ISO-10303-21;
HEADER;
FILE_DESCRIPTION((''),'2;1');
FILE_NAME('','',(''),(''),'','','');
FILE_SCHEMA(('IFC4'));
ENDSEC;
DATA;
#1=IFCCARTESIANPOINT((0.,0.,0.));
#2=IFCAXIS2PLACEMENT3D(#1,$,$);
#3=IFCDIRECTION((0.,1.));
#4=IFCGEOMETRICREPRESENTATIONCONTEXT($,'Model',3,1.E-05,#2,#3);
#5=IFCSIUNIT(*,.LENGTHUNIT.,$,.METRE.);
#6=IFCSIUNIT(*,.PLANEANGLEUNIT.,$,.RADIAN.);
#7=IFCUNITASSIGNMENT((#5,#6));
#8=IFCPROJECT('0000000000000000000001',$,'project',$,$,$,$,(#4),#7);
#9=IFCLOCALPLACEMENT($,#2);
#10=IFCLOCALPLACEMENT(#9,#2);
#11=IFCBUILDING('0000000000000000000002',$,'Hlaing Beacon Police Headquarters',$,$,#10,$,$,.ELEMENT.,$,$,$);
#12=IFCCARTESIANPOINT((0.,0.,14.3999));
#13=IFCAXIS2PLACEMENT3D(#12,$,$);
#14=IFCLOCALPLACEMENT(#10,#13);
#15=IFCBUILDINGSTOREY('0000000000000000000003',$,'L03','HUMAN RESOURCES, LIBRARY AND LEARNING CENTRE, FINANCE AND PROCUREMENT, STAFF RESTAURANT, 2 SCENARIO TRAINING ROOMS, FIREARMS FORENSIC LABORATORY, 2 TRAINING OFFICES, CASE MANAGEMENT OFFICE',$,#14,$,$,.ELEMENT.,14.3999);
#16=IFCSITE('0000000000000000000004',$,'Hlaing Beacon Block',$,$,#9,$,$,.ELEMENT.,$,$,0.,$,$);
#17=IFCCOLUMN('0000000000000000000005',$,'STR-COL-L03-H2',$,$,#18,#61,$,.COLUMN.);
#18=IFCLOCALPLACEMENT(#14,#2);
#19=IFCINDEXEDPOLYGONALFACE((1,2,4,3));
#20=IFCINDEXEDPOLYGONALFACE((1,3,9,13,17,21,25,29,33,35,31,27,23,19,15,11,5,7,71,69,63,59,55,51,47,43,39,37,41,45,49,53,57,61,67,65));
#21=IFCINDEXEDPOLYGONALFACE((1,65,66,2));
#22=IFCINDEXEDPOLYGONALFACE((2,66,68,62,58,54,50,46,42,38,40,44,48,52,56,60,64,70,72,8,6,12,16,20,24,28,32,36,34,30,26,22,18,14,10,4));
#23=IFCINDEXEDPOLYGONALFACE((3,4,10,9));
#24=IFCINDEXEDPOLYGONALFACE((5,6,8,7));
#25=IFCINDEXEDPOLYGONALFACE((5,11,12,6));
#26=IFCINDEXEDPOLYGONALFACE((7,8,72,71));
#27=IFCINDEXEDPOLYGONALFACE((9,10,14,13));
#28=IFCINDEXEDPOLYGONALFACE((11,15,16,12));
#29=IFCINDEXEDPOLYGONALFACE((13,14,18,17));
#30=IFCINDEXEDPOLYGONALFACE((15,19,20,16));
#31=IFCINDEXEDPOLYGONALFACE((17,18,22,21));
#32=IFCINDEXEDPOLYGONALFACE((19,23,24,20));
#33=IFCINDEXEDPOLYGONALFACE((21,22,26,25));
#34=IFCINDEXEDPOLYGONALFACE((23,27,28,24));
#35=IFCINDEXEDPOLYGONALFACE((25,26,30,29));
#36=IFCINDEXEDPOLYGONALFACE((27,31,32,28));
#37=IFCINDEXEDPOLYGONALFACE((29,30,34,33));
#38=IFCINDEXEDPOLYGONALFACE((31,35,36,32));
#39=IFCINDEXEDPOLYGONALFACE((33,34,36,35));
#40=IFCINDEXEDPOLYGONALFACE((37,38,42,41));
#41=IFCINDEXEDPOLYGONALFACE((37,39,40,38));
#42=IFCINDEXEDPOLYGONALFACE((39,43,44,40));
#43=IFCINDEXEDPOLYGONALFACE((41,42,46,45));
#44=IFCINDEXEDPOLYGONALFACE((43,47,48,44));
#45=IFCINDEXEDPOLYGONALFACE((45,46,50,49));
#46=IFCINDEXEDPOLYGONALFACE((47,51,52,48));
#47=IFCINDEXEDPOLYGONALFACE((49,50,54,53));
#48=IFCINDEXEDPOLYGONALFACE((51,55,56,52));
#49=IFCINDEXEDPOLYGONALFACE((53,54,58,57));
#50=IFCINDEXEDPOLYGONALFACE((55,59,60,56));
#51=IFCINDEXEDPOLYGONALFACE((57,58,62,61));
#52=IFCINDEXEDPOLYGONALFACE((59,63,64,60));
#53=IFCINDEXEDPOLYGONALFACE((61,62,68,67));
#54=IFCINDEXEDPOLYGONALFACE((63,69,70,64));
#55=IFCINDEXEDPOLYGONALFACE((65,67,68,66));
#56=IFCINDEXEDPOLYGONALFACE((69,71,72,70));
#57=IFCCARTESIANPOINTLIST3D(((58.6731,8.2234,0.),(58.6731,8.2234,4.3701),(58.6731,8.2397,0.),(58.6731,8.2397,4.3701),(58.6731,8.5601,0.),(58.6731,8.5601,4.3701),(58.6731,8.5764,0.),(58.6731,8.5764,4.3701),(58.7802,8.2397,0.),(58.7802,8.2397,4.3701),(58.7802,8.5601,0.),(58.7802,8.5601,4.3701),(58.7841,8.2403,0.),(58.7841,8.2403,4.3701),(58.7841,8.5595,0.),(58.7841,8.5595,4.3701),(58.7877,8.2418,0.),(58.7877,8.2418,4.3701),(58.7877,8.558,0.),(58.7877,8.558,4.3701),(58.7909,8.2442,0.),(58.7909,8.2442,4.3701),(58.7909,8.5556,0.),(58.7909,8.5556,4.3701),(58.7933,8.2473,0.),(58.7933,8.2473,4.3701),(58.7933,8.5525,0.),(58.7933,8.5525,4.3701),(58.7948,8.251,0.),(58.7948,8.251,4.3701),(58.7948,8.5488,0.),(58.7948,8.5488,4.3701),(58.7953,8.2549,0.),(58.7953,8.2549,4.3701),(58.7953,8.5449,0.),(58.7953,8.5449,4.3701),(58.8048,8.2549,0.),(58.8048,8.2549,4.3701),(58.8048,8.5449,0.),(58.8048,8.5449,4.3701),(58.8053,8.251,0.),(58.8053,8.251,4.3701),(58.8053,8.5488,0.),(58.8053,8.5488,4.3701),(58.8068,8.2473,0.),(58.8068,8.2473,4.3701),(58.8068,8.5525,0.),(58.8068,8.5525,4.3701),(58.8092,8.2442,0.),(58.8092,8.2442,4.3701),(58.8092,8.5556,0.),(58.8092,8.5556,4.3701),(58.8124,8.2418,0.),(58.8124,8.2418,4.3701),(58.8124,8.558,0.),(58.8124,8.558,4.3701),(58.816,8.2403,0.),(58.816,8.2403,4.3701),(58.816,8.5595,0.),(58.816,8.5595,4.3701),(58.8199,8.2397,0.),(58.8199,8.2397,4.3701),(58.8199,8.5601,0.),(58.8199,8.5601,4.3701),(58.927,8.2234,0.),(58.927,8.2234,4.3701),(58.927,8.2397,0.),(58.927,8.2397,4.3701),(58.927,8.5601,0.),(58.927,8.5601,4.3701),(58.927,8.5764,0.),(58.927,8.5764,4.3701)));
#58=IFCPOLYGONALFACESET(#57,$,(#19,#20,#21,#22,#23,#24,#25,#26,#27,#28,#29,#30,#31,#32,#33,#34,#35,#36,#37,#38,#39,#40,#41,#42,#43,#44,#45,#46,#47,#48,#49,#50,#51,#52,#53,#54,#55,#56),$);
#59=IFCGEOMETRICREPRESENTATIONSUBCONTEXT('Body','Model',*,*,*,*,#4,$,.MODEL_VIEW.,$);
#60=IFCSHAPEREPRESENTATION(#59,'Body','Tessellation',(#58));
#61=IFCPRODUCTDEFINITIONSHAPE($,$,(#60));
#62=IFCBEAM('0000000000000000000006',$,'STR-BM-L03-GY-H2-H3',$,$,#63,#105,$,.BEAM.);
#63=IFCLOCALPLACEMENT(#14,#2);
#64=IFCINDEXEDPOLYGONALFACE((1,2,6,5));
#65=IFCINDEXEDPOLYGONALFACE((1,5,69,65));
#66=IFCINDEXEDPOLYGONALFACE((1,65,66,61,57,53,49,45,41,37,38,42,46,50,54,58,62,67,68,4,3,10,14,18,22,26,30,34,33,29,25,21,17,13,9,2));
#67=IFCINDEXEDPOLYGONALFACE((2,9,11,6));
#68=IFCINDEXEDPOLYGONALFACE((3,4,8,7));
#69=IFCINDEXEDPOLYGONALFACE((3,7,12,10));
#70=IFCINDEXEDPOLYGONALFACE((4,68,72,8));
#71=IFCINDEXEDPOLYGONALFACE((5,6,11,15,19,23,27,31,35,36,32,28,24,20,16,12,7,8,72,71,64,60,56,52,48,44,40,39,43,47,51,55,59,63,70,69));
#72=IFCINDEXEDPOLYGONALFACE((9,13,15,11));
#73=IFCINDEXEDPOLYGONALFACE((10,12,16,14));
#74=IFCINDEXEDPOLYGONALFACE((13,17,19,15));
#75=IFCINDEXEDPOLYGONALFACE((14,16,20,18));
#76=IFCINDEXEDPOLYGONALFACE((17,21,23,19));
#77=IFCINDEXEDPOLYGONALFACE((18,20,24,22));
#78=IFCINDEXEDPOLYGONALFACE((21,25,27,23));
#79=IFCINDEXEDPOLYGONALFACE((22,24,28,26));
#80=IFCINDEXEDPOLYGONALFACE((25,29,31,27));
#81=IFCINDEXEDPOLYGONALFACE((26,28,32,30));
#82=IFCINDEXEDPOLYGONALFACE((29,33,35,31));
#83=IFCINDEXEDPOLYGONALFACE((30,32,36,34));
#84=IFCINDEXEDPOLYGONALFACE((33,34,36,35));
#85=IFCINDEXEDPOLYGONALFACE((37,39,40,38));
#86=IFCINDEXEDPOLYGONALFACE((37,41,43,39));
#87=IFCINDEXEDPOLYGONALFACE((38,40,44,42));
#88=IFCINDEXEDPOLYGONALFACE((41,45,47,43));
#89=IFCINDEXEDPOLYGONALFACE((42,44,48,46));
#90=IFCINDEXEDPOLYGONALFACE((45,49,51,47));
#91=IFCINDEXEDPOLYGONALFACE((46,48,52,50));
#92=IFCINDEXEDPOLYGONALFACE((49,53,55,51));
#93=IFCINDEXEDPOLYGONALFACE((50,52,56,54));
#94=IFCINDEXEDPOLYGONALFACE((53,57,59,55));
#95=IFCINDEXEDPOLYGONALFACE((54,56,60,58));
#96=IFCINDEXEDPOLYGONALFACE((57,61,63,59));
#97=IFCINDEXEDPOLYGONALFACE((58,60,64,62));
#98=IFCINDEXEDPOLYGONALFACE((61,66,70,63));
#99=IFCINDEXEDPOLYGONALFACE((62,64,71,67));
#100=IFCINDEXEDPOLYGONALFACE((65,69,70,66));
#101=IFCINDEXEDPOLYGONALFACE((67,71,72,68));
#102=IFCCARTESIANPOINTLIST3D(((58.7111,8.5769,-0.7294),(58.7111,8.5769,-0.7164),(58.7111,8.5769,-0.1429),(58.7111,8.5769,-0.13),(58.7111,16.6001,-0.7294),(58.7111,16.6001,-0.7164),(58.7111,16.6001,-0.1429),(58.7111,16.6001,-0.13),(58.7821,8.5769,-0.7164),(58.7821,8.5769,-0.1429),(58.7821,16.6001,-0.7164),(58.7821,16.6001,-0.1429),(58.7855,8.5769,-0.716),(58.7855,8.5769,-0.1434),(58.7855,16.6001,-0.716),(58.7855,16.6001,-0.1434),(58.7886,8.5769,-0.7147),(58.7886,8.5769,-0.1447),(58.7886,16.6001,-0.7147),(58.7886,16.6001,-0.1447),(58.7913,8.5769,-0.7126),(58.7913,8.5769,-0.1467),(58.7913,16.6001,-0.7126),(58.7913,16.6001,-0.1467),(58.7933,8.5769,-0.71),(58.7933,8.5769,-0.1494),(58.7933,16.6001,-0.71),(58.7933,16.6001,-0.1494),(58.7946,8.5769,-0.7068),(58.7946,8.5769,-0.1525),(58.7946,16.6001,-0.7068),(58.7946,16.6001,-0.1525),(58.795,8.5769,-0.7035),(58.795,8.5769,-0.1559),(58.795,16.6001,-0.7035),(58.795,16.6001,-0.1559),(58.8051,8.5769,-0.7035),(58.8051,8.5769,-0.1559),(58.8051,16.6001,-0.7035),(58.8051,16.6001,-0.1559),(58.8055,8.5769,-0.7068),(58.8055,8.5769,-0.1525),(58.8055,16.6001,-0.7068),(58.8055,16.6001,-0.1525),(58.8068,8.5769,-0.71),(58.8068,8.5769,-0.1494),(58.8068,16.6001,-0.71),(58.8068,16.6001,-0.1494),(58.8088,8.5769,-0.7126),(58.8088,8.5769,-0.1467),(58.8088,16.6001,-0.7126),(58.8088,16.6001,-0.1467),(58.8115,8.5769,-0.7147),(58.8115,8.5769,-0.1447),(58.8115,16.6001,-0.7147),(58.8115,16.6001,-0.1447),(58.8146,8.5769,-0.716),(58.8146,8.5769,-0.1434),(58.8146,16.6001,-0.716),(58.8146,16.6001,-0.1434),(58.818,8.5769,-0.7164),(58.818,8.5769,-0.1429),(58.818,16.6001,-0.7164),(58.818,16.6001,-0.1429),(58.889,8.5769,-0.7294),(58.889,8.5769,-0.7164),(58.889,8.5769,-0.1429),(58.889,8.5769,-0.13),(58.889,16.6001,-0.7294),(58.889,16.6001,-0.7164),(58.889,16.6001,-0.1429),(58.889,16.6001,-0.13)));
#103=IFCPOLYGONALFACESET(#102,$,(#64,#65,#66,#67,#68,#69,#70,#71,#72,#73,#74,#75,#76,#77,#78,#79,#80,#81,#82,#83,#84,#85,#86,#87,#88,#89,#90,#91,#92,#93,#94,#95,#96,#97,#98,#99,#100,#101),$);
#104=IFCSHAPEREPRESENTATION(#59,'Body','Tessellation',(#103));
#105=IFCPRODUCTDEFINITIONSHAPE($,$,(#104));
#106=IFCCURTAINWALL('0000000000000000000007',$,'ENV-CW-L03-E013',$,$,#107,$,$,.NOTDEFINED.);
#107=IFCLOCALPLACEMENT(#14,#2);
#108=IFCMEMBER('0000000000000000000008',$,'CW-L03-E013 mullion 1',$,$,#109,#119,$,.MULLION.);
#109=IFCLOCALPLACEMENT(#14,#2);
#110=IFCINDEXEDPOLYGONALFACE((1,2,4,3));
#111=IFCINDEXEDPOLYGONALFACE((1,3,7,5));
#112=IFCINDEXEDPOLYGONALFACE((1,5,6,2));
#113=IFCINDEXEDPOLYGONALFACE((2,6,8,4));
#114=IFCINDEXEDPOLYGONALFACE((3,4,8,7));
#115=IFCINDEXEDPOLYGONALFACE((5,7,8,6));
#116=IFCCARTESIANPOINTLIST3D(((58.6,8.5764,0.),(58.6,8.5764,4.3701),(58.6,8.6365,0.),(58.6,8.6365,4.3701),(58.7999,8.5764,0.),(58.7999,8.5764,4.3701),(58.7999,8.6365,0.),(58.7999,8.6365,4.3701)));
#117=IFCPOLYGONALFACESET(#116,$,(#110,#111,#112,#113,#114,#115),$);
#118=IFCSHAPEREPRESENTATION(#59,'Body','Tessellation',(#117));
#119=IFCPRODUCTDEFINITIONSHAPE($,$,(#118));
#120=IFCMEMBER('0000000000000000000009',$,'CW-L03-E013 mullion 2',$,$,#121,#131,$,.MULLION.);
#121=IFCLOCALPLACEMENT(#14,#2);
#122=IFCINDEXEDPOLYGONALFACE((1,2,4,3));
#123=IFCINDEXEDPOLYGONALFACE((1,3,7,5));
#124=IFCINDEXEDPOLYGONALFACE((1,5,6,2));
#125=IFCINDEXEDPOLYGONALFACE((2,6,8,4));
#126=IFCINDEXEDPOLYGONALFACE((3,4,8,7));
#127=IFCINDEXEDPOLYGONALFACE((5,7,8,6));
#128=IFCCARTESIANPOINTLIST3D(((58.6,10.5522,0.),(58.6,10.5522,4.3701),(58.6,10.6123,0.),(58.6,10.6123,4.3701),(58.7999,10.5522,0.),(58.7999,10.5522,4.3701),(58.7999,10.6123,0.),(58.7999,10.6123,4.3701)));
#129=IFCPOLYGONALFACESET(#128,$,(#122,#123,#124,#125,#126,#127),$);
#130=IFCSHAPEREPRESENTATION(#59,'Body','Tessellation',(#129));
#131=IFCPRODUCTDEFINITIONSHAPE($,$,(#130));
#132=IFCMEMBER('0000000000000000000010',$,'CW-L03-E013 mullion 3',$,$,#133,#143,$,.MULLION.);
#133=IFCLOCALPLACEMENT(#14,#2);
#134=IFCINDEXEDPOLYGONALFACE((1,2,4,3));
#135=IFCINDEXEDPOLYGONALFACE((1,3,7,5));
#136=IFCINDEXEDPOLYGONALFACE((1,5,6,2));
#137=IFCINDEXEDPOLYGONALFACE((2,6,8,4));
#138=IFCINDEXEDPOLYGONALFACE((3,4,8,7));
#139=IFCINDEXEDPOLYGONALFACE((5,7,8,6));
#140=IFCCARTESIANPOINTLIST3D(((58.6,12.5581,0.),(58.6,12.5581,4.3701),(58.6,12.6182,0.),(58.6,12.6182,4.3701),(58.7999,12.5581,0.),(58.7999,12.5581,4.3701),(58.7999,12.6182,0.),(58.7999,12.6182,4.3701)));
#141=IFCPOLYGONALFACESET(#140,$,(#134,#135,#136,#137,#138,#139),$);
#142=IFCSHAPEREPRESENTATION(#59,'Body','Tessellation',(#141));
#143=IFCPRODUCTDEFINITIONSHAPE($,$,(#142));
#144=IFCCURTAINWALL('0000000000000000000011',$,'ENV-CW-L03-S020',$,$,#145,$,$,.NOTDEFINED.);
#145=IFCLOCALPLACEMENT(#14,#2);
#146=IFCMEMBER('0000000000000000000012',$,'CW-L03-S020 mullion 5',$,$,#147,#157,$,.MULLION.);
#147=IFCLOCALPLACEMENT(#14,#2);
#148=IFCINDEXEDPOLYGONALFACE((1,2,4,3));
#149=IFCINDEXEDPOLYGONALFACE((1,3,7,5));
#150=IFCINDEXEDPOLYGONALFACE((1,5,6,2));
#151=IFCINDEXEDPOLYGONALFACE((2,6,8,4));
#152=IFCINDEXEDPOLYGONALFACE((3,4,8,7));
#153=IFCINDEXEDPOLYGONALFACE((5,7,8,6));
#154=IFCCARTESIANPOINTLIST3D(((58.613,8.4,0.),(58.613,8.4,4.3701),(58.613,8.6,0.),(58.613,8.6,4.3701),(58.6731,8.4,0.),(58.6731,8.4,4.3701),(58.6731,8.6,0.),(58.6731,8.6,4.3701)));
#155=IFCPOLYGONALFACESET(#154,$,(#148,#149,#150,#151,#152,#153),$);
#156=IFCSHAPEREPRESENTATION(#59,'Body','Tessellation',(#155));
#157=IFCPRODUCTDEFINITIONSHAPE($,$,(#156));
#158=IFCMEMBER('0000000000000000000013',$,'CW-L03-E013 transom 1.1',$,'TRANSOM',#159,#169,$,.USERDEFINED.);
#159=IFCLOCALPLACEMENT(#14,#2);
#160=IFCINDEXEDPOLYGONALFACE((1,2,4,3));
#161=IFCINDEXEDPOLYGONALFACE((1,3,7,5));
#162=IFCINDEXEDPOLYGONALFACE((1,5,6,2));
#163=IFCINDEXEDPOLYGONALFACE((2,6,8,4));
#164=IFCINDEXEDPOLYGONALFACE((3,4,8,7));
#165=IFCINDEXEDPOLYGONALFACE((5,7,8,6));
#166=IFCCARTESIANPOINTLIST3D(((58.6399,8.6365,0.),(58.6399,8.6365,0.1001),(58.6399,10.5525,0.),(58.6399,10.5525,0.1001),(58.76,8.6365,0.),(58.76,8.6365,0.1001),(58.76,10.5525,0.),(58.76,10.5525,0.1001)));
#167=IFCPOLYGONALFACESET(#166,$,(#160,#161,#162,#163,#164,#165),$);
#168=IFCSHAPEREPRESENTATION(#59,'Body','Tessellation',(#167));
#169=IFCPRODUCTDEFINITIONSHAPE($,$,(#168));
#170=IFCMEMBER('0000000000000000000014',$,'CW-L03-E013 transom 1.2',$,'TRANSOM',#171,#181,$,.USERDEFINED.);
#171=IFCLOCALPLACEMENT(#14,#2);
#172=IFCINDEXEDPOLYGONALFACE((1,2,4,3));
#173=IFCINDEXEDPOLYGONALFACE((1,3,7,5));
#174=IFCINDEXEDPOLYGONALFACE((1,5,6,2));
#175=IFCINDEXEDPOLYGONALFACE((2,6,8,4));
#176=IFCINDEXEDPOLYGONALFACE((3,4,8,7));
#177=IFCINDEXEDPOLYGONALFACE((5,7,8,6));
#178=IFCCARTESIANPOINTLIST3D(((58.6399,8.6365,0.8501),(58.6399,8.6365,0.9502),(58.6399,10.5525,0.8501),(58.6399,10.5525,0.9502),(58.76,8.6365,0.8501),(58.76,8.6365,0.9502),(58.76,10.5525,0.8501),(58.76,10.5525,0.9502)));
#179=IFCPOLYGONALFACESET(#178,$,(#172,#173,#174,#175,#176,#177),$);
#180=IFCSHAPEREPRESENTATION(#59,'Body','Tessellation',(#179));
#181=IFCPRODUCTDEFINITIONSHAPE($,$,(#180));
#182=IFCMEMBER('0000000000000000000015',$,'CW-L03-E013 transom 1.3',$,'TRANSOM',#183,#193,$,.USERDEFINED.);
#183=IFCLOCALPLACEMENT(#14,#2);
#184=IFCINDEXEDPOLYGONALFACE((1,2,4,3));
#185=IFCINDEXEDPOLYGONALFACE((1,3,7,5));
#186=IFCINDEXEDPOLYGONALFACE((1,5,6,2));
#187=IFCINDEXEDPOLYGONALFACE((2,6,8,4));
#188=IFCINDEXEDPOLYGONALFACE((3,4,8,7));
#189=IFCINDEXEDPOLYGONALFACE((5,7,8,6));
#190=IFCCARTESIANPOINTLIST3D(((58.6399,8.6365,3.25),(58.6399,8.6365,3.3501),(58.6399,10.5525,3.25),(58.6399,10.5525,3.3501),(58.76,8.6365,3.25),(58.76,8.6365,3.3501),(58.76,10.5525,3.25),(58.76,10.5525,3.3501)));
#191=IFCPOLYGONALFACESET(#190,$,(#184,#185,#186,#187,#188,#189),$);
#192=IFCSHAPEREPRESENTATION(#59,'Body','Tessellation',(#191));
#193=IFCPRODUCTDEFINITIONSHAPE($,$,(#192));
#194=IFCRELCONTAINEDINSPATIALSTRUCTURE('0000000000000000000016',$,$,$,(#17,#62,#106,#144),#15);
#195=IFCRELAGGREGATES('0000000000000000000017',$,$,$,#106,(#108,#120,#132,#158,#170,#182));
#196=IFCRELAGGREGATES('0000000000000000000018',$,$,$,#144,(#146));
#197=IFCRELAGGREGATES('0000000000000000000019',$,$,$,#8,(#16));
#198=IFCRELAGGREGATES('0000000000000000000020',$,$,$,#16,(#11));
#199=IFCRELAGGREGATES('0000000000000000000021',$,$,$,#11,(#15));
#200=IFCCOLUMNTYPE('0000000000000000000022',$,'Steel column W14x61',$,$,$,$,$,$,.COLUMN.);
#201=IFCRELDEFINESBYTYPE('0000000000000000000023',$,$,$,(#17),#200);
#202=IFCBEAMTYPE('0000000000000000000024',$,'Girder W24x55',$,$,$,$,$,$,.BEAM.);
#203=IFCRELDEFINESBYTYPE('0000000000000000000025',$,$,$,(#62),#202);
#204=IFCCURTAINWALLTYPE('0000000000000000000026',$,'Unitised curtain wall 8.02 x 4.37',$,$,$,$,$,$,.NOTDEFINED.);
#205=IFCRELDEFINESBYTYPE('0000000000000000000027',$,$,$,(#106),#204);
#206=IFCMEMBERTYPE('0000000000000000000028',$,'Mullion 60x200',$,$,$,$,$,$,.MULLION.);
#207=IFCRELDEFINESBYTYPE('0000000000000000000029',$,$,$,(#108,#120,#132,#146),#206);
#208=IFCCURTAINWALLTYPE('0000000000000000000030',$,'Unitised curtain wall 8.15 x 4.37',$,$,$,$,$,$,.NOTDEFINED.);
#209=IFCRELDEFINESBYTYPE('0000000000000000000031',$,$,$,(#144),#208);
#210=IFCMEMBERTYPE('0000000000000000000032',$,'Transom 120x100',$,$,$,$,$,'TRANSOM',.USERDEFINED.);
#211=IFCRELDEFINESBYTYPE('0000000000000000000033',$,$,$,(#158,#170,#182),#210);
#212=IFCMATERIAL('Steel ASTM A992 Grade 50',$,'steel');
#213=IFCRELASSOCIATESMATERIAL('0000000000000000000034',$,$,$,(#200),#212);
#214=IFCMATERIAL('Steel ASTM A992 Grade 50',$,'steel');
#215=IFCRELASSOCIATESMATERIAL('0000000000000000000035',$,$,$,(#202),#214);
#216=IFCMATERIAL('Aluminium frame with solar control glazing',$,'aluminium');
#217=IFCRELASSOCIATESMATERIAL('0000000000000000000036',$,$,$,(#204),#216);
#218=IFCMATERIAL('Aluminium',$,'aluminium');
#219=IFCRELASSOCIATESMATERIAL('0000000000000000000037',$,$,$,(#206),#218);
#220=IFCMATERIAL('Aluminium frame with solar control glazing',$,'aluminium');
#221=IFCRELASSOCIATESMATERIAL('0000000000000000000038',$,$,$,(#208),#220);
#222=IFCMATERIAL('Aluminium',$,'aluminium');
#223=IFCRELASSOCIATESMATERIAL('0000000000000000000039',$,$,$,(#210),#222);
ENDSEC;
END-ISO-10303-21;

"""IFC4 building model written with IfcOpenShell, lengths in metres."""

from ifc_helpers import new_model, si_unit, direction, frame, origin, origin_2d, place, context, subcontext, project, spatial, rectangle, i_section, extrude, material, material_profile, profile_set, type_object, element, aggregate, save


model = new_model("IFC4")

# Units and contexts
model_context = context("Model", 3, precision=1e-05, world=origin(), true_north=direction((0.0, 1.0)))
body_context = subcontext(model_context, "Body", "Model", "MODEL_VIEW")
ifc_project = project(units=[si_unit("LENGTHUNIT", "METRE"), si_unit("PLANEANGLEUNIT", "RADIAN")], contexts=[model_context])

# Site, building, storey
site_placement = place(None, origin())
site = spatial("IfcSite", under=ifc_project, at=site_placement, Name="Hlaing Beacon Block", CompositionType="ELEMENT", RefElevation=0.0)
building_placement = place(site_placement, origin())
building = spatial("IfcBuilding", under=site, at=building_placement, Name="Hlaing Beacon Police Headquarters", CompositionType="ELEMENT")
storey_placement = place(building_placement, frame((0.0, 0.0, 14.3999)))
storey = spatial("IfcBuildingStorey", under=building, at=storey_placement, Name="L03", Description="HUMAN RESOURCES, LIBRARY AND LEARNING CENTRE, FINANCE AND PROCUREMENT, STAFF RESTAURANT, 2 SCENARIO TRAINING ROOMS, FIREARMS FORENSIC LABORATORY, 2 TRAINING OFFICES, CASE MANAGEMENT OFFICE", CompositionType="ELEMENT", Elevation=14.3999)

# Column
ifc_material_1 = material(Name="Steel ASTM A992 Grade 50", Category="steel")
ifc_material_profile_1 = material_profile(ifc_material_1, i_section(OverallWidth=0.2539, OverallDepth=0.353, WebThickness=0.0095, FlangeThickness=0.0164, FilletRadius=0.0151, at=origin_2d()), Name="W14x61")
ifc_profile_set_1 = profile_set([ifc_material_profile_1], Name="Steel ASTM A992 Grade 50")
column_type = type_object("IfcColumnType", Name="Steel column W14x61", PredefinedType="COLUMN", material=ifc_profile_set_1)
column_placement = place(storey_placement, frame((58.8, 8.3999, 0.0), z_axis=(0.0, 0.0, 1.0), x_axis=(1.0, 0.0, 0.0)))
element("IfcColumn", 1, at=column_placement, inside=storey, type_object=column_type, Name="STR-COL-L03-H2", PredefinedType="COLUMN", context=body_context, shape_type="SweptSolid", body=[
    extrude(i_section(OverallWidth=0.2539, OverallDepth=0.353, WebThickness=0.0095, FlangeThickness=0.0164, FilletRadius=0.0151, at=origin_2d()), origin(), (0.0, 0.0, 1.0), 4.3701),
])

# Beam
ifc_material_2 = material(Name="Steel ASTM A992 Grade 50", Category="steel")
ifc_material_profile_2 = material_profile(ifc_material_2, i_section(OverallWidth=0.178, OverallDepth=0.5994, WebThickness=0.01, FlangeThickness=0.0129, FilletRadius=0.0129, at=origin_2d()), Name="W24x55")
ifc_profile_set_2 = profile_set([ifc_material_profile_2], Name="Steel ASTM A992 Grade 50")
beam_type = type_object("IfcBeamType", Name="Girder W24x55", PredefinedType="BEAM", material=ifc_profile_set_2)
beam_placement = place(storey_placement, frame((58.8, 8.5769, -0.4297), z_axis=(0.0, 1.0, 0.0), x_axis=(-1.0, 0.0, 0.0)))
element("IfcBeam", 2, at=beam_placement, inside=storey, type_object=beam_type, Name="STR-BM-L03-GY-H2-H3", PredefinedType="BEAM", context=body_context, shape_type="SweptSolid", body=[
    extrude(i_section(OverallWidth=0.178, OverallDepth=0.5994, WebThickness=0.01, FlangeThickness=0.0129, FilletRadius=0.0129, at=origin_2d()), origin(), (0.0, 0.0, 1.0), 8.0232),
])

# Curtain wall, members
ifc_material_3 = material(Name="Aluminium frame with solar control glazing", Category="aluminium")
curtain_wall_type_1 = type_object("IfcCurtainWallType", Name="Unitised curtain wall 8.02 x 4.37", PredefinedType="NOTDEFINED", material=ifc_material_3)
curtain_wall_1_placement = place(storey_placement, origin())
curtain_wall_1 = element("IfcCurtainWall", 3, at=curtain_wall_1_placement, inside=storey, type_object=curtain_wall_type_1, Name="ENV-CW-L03-E013", PredefinedType="NOTDEFINED")
ifc_material_4 = material(Name="Aluminium", Category="aluminium")
ifc_material_profile_3 = material_profile(ifc_material_4, rectangle(XDim=0.2, YDim=0.0601, at=origin_2d()), Name="Mullion 60x200")
ifc_profile_set_3 = profile_set([ifc_material_profile_3], Name="Aluminium")
member_type_1 = type_object("IfcMemberType", Name="Mullion 60x200", PredefinedType="MULLION", material=ifc_profile_set_3)
member_1_placement = place(storey_placement, frame((58.7, 8.6064, 0.0), z_axis=(0.0, 0.0, 1.0), x_axis=(-1.0, 0.0, 0.0)))
member_1 = element("IfcMember", 4, at=member_1_placement, type_object=member_type_1, Name="CW-L03-E013 mullion 1", PredefinedType="MULLION", context=body_context, shape_type="SweptSolid", body=[
    extrude(rectangle(XDim=0.2, YDim=0.0601, at=origin_2d()), origin(), (0.0, 0.0, 1.0), 4.3701),
])
member_2_placement = place(storey_placement, frame((58.7, 10.5823, 0.0), z_axis=(0.0, 0.0, 1.0), x_axis=(-1.0, 0.0, 0.0)))
member_2 = element("IfcMember", 5, at=member_2_placement, type_object=member_type_1, Name="CW-L03-E013 mullion 2", PredefinedType="MULLION", context=body_context, shape_type="SweptSolid", body=[
    extrude(rectangle(XDim=0.2, YDim=0.0601, at=origin_2d()), origin(), (0.0, 0.0, 1.0), 4.3701),
])
member_3_placement = place(storey_placement, frame((58.7, 12.5881, 0.0), z_axis=(0.0, 0.0, 1.0), x_axis=(-1.0, 0.0, 0.0)))
member_3 = element("IfcMember", 6, at=member_3_placement, type_object=member_type_1, Name="CW-L03-E013 mullion 3", PredefinedType="MULLION", context=body_context, shape_type="SweptSolid", body=[
    extrude(rectangle(XDim=0.2, YDim=0.0601, at=origin_2d()), origin(), (0.0, 0.0, 1.0), 4.3701),
])

# Curtain wall, member
ifc_material_5 = material(Name="Aluminium frame with solar control glazing", Category="aluminium")
curtain_wall_type_2 = type_object("IfcCurtainWallType", Name="Unitised curtain wall 8.15 x 4.37", PredefinedType="NOTDEFINED", material=ifc_material_5)
curtain_wall_2_placement = place(storey_placement, origin())
curtain_wall_2 = element("IfcCurtainWall", 7, at=curtain_wall_2_placement, inside=storey, type_object=curtain_wall_type_2, Name="ENV-CW-L03-S020", PredefinedType="NOTDEFINED")
member_4_placement = place(storey_placement, frame((58.6431, 8.5, 0.0), z_axis=(0.0, 0.0, 1.0), x_axis=(0.0, 1.0, 0.0)))
member_4 = element("IfcMember", 8, at=member_4_placement, type_object=member_type_1, Name="CW-L03-S020 mullion 5", PredefinedType="MULLION", context=body_context, shape_type="SweptSolid", body=[
    extrude(rectangle(XDim=0.2, YDim=0.0601, at=origin_2d()), origin(), (0.0, 0.0, 1.0), 4.3701),
])

# Members
ifc_material_6 = material(Name="Aluminium", Category="aluminium")
ifc_material_profile_4 = material_profile(ifc_material_6, rectangle(XDim=0.1201, YDim=0.1001, at=origin_2d()), Name="Transom 120x100")
ifc_profile_set_4 = profile_set([ifc_material_profile_4], Name="Aluminium")
member_type_2 = type_object("IfcMemberType", Name="Transom 120x100", ElementType="TRANSOM", PredefinedType="USERDEFINED", material=ifc_profile_set_4)
member_5_placement = place(storey_placement, frame((58.7, 8.6365, 0.05), z_axis=(0.0, 1.0, 0.0), x_axis=(-1.0, 0.0, 0.0)))
member_5 = element("IfcMember", 9, at=member_5_placement, type_object=member_type_2, Name="CW-L03-E013 transom 1.1", ObjectType="TRANSOM", PredefinedType="USERDEFINED", context=body_context, shape_type="SweptSolid", body=[
    extrude(rectangle(XDim=0.1201, YDim=0.1001, at=origin_2d()), origin(), (0.0, 0.0, 1.0), 1.916),
])
member_6_placement = place(storey_placement, frame((58.7, 8.6365, 0.9001), z_axis=(0.0, 1.0, 0.0), x_axis=(-1.0, 0.0, 0.0)))
member_6 = element("IfcMember", 10, at=member_6_placement, type_object=member_type_2, Name="CW-L03-E013 transom 1.2", ObjectType="TRANSOM", PredefinedType="USERDEFINED", context=body_context, shape_type="SweptSolid", body=[
    extrude(rectangle(XDim=0.1201, YDim=0.1001, at=origin_2d()), origin(), (0.0, 0.0, 1.0), 1.916),
])
member_7_placement = place(storey_placement, frame((58.7, 8.6365, 3.3), z_axis=(0.0, 1.0, 0.0), x_axis=(-1.0, 0.0, 0.0)))
member_7 = element("IfcMember", 11, at=member_7_placement, type_object=member_type_2, Name="CW-L03-E013 transom 1.3", ObjectType="TRANSOM", PredefinedType="USERDEFINED", context=body_context, shape_type="SweptSolid", body=[
    extrude(rectangle(XDim=0.1201, YDim=0.1001, at=origin_2d()), origin(), (0.0, 0.0, 1.0), 1.916),
])

aggregate(curtain_wall_1, [member_1, member_2, member_3, member_5, member_6, member_7])
aggregate(curtain_wall_2, [member_4])

save(model, "model.ifc")
